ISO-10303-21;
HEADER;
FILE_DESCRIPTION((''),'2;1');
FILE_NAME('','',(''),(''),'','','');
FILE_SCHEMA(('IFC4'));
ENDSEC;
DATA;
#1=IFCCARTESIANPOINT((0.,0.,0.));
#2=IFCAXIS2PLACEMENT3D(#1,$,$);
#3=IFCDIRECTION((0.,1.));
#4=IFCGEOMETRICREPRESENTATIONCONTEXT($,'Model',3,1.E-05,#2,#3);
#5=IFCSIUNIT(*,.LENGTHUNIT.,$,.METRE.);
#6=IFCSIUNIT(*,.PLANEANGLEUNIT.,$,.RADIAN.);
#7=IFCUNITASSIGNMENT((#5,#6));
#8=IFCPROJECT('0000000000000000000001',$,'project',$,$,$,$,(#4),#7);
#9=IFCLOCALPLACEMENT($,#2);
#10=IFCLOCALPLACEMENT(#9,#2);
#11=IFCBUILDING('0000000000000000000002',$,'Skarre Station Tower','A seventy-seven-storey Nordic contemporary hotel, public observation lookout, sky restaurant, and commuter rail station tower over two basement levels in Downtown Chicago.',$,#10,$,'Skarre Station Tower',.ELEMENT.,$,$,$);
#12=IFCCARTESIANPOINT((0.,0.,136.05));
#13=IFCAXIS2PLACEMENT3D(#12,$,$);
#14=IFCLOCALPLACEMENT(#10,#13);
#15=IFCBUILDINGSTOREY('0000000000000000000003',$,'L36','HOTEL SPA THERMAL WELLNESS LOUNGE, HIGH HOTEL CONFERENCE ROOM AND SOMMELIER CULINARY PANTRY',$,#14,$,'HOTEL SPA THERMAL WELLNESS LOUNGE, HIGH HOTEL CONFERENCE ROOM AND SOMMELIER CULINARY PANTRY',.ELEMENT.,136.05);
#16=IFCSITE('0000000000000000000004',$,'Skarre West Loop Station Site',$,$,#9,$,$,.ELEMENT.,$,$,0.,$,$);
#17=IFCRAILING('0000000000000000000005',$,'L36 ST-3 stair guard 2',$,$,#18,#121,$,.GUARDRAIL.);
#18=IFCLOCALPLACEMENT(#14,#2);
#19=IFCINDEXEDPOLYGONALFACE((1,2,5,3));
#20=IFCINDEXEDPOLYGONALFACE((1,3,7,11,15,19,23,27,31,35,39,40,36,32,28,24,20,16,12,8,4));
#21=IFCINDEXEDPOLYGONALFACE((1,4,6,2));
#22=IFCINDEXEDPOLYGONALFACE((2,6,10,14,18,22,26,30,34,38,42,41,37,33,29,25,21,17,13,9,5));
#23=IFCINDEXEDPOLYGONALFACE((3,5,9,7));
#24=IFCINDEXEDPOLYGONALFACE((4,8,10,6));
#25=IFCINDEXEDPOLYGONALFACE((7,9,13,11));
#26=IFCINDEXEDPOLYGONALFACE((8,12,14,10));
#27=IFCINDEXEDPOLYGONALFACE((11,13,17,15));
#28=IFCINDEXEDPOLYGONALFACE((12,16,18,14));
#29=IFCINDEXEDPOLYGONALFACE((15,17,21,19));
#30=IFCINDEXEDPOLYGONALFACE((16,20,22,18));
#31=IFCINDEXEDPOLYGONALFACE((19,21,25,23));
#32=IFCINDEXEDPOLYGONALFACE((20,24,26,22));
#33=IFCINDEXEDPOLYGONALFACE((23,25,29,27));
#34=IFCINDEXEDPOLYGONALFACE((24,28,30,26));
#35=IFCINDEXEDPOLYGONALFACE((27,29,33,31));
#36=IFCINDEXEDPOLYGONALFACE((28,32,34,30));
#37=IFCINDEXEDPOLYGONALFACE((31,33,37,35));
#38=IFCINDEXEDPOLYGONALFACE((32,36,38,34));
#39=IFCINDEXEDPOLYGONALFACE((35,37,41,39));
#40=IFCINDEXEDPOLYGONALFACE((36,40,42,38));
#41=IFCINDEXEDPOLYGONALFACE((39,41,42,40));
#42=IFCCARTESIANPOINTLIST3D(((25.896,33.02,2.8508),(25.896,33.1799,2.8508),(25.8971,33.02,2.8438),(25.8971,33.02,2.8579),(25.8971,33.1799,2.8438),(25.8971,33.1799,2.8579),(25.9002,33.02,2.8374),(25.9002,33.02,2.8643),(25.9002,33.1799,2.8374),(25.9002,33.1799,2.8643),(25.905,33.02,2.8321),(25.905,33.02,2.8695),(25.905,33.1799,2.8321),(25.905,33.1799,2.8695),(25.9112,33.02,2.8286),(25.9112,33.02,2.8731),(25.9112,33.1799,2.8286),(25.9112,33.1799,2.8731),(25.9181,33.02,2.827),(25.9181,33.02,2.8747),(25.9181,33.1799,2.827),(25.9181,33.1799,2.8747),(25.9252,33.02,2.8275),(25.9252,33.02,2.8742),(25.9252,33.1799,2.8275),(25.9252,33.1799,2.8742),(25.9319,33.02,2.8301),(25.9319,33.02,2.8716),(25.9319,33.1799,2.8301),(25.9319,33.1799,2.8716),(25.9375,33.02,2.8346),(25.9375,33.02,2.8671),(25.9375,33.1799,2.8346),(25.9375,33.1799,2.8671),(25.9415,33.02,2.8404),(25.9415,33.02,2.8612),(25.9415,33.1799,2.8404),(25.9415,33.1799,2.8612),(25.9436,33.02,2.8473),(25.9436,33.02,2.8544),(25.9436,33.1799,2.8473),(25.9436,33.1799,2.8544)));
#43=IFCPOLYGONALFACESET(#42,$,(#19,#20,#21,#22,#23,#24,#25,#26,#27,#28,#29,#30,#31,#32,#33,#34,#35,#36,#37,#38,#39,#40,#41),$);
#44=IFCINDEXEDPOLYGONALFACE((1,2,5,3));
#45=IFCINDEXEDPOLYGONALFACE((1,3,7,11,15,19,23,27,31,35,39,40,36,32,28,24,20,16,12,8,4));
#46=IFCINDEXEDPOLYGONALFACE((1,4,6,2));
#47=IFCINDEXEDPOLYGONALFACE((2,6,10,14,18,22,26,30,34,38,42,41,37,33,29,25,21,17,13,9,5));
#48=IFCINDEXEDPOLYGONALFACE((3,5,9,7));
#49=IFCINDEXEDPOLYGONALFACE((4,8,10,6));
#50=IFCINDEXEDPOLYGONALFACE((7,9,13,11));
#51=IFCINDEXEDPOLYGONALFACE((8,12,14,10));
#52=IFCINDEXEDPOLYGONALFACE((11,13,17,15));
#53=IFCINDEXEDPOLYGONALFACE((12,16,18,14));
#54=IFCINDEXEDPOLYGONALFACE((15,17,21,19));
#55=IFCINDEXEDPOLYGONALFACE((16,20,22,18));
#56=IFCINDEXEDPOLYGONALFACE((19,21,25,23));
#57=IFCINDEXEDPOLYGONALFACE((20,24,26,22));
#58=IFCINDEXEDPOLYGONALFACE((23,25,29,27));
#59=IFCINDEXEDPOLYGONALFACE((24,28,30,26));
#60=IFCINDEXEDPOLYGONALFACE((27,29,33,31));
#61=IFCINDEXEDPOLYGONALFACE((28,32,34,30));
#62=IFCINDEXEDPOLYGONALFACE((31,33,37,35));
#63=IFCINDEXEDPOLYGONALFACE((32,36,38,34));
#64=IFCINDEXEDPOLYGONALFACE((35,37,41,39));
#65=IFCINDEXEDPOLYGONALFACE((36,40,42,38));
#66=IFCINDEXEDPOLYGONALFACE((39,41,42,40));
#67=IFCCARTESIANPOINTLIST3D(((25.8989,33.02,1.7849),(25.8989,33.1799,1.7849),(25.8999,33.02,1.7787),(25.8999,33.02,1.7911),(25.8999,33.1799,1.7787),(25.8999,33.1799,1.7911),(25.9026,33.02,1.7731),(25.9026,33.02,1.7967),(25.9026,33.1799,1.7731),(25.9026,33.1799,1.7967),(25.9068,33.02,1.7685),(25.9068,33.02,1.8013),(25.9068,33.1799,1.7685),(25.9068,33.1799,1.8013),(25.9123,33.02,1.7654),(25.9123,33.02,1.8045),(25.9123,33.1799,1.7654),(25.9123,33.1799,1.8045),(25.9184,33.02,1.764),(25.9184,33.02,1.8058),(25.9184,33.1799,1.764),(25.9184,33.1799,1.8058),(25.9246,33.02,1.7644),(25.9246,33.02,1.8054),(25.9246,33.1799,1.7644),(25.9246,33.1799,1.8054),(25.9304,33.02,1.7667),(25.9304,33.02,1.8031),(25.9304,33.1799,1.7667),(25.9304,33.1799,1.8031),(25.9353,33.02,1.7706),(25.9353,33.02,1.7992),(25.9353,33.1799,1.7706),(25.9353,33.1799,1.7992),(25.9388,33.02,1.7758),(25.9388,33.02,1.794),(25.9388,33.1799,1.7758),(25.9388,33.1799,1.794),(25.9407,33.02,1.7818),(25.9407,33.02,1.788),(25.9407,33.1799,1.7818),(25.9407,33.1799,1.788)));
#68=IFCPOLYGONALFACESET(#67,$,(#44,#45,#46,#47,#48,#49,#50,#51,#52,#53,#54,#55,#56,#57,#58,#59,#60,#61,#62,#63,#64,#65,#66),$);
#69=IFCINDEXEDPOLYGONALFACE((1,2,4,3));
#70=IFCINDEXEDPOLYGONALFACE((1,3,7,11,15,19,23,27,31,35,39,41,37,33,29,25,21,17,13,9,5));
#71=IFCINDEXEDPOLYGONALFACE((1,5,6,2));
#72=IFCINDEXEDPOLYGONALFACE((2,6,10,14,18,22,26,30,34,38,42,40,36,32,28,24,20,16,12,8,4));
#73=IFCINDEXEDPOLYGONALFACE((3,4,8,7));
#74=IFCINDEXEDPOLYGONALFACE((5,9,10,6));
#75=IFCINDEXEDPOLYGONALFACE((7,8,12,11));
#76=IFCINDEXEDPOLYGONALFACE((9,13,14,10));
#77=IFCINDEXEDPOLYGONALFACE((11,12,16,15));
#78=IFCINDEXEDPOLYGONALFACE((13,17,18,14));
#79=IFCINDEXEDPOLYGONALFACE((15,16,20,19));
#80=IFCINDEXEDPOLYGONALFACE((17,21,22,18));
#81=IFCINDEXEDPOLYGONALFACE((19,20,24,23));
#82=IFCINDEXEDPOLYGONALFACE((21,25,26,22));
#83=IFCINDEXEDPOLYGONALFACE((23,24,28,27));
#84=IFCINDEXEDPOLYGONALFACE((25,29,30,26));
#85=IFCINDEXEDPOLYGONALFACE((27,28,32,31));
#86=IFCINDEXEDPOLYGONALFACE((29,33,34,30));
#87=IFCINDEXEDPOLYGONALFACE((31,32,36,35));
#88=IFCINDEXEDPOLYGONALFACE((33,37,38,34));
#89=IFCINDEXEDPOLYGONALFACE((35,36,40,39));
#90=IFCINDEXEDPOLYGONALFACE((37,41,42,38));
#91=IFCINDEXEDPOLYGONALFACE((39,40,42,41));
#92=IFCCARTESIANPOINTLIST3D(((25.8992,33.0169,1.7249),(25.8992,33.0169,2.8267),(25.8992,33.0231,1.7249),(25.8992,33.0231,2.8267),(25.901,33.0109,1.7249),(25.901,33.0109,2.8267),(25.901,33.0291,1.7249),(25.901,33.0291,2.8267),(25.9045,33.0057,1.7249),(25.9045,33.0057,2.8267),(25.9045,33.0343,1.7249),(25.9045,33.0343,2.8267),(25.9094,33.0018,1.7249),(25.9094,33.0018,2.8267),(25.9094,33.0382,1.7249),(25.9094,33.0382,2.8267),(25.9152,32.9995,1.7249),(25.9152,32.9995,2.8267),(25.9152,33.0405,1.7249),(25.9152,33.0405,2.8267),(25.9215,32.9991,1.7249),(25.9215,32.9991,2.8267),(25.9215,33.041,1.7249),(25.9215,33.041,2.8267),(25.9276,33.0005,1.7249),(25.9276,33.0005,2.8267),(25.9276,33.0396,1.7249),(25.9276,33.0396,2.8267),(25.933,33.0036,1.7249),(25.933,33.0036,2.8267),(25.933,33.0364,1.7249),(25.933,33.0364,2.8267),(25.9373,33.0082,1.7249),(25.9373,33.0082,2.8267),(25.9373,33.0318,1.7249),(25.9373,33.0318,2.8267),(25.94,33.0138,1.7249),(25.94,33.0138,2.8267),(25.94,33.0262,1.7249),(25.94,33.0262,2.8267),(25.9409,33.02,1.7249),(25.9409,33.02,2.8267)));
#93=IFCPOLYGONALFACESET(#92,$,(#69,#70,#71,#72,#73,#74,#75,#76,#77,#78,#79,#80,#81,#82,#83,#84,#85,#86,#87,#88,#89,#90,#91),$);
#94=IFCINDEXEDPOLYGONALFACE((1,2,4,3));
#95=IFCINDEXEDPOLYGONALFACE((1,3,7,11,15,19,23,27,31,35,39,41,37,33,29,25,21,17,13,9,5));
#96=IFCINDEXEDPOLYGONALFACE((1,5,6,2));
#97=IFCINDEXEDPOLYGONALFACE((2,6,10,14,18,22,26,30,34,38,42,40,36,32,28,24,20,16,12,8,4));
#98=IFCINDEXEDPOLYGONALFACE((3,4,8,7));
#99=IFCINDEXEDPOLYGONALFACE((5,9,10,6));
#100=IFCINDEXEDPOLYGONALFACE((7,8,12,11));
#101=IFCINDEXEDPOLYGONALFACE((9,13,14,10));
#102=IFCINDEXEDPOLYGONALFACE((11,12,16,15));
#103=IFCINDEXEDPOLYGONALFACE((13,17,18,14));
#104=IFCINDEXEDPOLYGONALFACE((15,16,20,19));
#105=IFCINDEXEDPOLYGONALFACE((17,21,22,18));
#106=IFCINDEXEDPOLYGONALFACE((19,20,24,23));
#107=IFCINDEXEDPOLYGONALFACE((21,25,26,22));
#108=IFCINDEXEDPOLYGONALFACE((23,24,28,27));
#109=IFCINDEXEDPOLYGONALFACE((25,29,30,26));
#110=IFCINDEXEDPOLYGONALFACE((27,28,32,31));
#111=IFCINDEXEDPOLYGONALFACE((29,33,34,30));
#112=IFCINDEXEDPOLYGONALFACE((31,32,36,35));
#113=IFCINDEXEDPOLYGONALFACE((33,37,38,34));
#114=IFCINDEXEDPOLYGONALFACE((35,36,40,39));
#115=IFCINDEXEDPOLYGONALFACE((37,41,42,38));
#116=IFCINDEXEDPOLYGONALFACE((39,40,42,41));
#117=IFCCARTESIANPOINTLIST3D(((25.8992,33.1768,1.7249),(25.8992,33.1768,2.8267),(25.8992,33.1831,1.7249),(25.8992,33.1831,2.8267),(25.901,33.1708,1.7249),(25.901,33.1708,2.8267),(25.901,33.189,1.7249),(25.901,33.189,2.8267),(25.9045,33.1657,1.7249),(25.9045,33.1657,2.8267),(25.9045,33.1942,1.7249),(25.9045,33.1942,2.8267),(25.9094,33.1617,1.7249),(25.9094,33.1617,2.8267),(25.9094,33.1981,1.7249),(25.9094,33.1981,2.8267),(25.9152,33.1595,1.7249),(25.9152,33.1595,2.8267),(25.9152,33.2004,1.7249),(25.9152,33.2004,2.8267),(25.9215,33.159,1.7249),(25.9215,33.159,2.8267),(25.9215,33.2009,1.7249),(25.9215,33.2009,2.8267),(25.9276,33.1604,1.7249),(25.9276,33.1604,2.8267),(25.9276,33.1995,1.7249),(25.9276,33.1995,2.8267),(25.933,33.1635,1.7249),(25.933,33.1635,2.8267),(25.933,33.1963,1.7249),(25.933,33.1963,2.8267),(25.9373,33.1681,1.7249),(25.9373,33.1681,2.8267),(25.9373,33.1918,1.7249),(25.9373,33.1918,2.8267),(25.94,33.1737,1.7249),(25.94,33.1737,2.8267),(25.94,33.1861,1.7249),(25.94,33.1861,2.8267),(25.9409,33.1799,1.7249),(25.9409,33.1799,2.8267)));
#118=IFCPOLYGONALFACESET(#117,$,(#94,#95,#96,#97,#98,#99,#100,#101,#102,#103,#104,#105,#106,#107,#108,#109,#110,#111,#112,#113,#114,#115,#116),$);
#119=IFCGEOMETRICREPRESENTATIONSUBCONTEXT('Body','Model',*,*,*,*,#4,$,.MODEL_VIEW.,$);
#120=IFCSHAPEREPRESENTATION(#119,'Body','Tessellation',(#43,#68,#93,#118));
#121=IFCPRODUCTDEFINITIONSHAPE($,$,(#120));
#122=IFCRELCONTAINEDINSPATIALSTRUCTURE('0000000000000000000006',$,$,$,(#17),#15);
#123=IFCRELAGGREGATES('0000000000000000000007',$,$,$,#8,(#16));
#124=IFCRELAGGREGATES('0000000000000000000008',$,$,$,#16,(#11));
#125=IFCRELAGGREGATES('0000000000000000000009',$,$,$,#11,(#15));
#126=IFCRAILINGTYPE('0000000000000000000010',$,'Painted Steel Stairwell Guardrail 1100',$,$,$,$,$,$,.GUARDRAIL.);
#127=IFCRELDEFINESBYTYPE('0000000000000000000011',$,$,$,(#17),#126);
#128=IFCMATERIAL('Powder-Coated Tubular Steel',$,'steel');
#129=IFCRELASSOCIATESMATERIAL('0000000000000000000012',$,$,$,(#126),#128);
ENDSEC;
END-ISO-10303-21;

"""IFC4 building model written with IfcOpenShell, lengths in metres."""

from ifc_helpers import new_model, si_unit, direction, frame, origin, origin_2d, place, context, subcontext, project, spatial, circle, extrude, material, type_object, element, save


model = new_model("IFC4")

# Units and contexts
model_context = context("Model", 3, precision=1e-05, world=origin(), true_north=direction((0.0, 1.0)))
body_context = subcontext(model_context, "Body", "Model", "MODEL_VIEW")
ifc_project = project(units=[si_unit("LENGTHUNIT", "METRE"), si_unit("PLANEANGLEUNIT", "RADIAN")], contexts=[model_context])

# Site, building, storey
site_placement = place(None, origin())
site = spatial("IfcSite", under=ifc_project, at=site_placement, Name="Skarre West Loop Station Site", CompositionType="ELEMENT", RefElevation=0.0)
building_placement = place(site_placement, origin())
building = spatial("IfcBuilding", under=site, at=building_placement, Name="Skarre Station Tower", Description="A seventy-seven-storey Nordic contemporary hotel, public observation lookout, sky restaurant, and commuter rail station tower over two basement levels in Downtown Chicago.", LongName="Skarre Station Tower", CompositionType="ELEMENT")
storey_placement = place(building_placement, frame((0.0, 0.0, 136.05)))
storey = spatial("IfcBuildingStorey", under=building, at=storey_placement, Name="L36", Description="HOTEL SPA THERMAL WELLNESS LOUNGE, HIGH HOTEL CONFERENCE ROOM AND SOMMELIER CULINARY PANTRY", LongName="HOTEL SPA THERMAL WELLNESS LOUNGE, HIGH HOTEL CONFERENCE ROOM AND SOMMELIER CULINARY PANTRY", CompositionType="ELEMENT", Elevation=136.05)

# Railing
ifc_material_1 = material(Name="Powder-Coated Tubular Steel", Category="steel")
railing_type_1 = type_object("IfcRailingType", Name="Painted Steel Stairwell Guardrail 1100", PredefinedType="GUARDRAIL", material=ifc_material_1)
railing_1_placement = place(storey_placement, frame((25.9199, 33.02, 1.7249)))
element("IfcRailing", 1, at=railing_1_placement, inside=storey, type_object=railing_type_1, Name="L36 ST-3 stair guard 2", PredefinedType="GUARDRAIL", context=body_context, shape_type="SweptSolid", body=[
    extrude(circle(Radius=0.0239, at=origin_2d()), frame((0.0, 0.0, 1.126), z_axis=(0.0, 1.0, 0.0), x_axis=(-1.0, 0.0, 0.0)), (0.0, 0.0, 1.0), 0.1599),
    extrude(circle(Radius=0.021, at=origin_2d()), frame((0.0, 0.0, 0.0601), z_axis=(0.0, 1.0, 0.0), x_axis=(-1.0, 0.0, 0.0)), (0.0, 0.0, 1.0), 0.1599),
    extrude(circle(Radius=0.021, at=origin_2d()), origin(), (0.0, 0.0, 1.0), 1.1018),
    extrude(circle(Radius=0.021, at=origin_2d()), frame((0.0, 0.1599, 0.0)), (0.0, 0.0, 1.0), 1.1018),
])

save(model, "model.ifc")
